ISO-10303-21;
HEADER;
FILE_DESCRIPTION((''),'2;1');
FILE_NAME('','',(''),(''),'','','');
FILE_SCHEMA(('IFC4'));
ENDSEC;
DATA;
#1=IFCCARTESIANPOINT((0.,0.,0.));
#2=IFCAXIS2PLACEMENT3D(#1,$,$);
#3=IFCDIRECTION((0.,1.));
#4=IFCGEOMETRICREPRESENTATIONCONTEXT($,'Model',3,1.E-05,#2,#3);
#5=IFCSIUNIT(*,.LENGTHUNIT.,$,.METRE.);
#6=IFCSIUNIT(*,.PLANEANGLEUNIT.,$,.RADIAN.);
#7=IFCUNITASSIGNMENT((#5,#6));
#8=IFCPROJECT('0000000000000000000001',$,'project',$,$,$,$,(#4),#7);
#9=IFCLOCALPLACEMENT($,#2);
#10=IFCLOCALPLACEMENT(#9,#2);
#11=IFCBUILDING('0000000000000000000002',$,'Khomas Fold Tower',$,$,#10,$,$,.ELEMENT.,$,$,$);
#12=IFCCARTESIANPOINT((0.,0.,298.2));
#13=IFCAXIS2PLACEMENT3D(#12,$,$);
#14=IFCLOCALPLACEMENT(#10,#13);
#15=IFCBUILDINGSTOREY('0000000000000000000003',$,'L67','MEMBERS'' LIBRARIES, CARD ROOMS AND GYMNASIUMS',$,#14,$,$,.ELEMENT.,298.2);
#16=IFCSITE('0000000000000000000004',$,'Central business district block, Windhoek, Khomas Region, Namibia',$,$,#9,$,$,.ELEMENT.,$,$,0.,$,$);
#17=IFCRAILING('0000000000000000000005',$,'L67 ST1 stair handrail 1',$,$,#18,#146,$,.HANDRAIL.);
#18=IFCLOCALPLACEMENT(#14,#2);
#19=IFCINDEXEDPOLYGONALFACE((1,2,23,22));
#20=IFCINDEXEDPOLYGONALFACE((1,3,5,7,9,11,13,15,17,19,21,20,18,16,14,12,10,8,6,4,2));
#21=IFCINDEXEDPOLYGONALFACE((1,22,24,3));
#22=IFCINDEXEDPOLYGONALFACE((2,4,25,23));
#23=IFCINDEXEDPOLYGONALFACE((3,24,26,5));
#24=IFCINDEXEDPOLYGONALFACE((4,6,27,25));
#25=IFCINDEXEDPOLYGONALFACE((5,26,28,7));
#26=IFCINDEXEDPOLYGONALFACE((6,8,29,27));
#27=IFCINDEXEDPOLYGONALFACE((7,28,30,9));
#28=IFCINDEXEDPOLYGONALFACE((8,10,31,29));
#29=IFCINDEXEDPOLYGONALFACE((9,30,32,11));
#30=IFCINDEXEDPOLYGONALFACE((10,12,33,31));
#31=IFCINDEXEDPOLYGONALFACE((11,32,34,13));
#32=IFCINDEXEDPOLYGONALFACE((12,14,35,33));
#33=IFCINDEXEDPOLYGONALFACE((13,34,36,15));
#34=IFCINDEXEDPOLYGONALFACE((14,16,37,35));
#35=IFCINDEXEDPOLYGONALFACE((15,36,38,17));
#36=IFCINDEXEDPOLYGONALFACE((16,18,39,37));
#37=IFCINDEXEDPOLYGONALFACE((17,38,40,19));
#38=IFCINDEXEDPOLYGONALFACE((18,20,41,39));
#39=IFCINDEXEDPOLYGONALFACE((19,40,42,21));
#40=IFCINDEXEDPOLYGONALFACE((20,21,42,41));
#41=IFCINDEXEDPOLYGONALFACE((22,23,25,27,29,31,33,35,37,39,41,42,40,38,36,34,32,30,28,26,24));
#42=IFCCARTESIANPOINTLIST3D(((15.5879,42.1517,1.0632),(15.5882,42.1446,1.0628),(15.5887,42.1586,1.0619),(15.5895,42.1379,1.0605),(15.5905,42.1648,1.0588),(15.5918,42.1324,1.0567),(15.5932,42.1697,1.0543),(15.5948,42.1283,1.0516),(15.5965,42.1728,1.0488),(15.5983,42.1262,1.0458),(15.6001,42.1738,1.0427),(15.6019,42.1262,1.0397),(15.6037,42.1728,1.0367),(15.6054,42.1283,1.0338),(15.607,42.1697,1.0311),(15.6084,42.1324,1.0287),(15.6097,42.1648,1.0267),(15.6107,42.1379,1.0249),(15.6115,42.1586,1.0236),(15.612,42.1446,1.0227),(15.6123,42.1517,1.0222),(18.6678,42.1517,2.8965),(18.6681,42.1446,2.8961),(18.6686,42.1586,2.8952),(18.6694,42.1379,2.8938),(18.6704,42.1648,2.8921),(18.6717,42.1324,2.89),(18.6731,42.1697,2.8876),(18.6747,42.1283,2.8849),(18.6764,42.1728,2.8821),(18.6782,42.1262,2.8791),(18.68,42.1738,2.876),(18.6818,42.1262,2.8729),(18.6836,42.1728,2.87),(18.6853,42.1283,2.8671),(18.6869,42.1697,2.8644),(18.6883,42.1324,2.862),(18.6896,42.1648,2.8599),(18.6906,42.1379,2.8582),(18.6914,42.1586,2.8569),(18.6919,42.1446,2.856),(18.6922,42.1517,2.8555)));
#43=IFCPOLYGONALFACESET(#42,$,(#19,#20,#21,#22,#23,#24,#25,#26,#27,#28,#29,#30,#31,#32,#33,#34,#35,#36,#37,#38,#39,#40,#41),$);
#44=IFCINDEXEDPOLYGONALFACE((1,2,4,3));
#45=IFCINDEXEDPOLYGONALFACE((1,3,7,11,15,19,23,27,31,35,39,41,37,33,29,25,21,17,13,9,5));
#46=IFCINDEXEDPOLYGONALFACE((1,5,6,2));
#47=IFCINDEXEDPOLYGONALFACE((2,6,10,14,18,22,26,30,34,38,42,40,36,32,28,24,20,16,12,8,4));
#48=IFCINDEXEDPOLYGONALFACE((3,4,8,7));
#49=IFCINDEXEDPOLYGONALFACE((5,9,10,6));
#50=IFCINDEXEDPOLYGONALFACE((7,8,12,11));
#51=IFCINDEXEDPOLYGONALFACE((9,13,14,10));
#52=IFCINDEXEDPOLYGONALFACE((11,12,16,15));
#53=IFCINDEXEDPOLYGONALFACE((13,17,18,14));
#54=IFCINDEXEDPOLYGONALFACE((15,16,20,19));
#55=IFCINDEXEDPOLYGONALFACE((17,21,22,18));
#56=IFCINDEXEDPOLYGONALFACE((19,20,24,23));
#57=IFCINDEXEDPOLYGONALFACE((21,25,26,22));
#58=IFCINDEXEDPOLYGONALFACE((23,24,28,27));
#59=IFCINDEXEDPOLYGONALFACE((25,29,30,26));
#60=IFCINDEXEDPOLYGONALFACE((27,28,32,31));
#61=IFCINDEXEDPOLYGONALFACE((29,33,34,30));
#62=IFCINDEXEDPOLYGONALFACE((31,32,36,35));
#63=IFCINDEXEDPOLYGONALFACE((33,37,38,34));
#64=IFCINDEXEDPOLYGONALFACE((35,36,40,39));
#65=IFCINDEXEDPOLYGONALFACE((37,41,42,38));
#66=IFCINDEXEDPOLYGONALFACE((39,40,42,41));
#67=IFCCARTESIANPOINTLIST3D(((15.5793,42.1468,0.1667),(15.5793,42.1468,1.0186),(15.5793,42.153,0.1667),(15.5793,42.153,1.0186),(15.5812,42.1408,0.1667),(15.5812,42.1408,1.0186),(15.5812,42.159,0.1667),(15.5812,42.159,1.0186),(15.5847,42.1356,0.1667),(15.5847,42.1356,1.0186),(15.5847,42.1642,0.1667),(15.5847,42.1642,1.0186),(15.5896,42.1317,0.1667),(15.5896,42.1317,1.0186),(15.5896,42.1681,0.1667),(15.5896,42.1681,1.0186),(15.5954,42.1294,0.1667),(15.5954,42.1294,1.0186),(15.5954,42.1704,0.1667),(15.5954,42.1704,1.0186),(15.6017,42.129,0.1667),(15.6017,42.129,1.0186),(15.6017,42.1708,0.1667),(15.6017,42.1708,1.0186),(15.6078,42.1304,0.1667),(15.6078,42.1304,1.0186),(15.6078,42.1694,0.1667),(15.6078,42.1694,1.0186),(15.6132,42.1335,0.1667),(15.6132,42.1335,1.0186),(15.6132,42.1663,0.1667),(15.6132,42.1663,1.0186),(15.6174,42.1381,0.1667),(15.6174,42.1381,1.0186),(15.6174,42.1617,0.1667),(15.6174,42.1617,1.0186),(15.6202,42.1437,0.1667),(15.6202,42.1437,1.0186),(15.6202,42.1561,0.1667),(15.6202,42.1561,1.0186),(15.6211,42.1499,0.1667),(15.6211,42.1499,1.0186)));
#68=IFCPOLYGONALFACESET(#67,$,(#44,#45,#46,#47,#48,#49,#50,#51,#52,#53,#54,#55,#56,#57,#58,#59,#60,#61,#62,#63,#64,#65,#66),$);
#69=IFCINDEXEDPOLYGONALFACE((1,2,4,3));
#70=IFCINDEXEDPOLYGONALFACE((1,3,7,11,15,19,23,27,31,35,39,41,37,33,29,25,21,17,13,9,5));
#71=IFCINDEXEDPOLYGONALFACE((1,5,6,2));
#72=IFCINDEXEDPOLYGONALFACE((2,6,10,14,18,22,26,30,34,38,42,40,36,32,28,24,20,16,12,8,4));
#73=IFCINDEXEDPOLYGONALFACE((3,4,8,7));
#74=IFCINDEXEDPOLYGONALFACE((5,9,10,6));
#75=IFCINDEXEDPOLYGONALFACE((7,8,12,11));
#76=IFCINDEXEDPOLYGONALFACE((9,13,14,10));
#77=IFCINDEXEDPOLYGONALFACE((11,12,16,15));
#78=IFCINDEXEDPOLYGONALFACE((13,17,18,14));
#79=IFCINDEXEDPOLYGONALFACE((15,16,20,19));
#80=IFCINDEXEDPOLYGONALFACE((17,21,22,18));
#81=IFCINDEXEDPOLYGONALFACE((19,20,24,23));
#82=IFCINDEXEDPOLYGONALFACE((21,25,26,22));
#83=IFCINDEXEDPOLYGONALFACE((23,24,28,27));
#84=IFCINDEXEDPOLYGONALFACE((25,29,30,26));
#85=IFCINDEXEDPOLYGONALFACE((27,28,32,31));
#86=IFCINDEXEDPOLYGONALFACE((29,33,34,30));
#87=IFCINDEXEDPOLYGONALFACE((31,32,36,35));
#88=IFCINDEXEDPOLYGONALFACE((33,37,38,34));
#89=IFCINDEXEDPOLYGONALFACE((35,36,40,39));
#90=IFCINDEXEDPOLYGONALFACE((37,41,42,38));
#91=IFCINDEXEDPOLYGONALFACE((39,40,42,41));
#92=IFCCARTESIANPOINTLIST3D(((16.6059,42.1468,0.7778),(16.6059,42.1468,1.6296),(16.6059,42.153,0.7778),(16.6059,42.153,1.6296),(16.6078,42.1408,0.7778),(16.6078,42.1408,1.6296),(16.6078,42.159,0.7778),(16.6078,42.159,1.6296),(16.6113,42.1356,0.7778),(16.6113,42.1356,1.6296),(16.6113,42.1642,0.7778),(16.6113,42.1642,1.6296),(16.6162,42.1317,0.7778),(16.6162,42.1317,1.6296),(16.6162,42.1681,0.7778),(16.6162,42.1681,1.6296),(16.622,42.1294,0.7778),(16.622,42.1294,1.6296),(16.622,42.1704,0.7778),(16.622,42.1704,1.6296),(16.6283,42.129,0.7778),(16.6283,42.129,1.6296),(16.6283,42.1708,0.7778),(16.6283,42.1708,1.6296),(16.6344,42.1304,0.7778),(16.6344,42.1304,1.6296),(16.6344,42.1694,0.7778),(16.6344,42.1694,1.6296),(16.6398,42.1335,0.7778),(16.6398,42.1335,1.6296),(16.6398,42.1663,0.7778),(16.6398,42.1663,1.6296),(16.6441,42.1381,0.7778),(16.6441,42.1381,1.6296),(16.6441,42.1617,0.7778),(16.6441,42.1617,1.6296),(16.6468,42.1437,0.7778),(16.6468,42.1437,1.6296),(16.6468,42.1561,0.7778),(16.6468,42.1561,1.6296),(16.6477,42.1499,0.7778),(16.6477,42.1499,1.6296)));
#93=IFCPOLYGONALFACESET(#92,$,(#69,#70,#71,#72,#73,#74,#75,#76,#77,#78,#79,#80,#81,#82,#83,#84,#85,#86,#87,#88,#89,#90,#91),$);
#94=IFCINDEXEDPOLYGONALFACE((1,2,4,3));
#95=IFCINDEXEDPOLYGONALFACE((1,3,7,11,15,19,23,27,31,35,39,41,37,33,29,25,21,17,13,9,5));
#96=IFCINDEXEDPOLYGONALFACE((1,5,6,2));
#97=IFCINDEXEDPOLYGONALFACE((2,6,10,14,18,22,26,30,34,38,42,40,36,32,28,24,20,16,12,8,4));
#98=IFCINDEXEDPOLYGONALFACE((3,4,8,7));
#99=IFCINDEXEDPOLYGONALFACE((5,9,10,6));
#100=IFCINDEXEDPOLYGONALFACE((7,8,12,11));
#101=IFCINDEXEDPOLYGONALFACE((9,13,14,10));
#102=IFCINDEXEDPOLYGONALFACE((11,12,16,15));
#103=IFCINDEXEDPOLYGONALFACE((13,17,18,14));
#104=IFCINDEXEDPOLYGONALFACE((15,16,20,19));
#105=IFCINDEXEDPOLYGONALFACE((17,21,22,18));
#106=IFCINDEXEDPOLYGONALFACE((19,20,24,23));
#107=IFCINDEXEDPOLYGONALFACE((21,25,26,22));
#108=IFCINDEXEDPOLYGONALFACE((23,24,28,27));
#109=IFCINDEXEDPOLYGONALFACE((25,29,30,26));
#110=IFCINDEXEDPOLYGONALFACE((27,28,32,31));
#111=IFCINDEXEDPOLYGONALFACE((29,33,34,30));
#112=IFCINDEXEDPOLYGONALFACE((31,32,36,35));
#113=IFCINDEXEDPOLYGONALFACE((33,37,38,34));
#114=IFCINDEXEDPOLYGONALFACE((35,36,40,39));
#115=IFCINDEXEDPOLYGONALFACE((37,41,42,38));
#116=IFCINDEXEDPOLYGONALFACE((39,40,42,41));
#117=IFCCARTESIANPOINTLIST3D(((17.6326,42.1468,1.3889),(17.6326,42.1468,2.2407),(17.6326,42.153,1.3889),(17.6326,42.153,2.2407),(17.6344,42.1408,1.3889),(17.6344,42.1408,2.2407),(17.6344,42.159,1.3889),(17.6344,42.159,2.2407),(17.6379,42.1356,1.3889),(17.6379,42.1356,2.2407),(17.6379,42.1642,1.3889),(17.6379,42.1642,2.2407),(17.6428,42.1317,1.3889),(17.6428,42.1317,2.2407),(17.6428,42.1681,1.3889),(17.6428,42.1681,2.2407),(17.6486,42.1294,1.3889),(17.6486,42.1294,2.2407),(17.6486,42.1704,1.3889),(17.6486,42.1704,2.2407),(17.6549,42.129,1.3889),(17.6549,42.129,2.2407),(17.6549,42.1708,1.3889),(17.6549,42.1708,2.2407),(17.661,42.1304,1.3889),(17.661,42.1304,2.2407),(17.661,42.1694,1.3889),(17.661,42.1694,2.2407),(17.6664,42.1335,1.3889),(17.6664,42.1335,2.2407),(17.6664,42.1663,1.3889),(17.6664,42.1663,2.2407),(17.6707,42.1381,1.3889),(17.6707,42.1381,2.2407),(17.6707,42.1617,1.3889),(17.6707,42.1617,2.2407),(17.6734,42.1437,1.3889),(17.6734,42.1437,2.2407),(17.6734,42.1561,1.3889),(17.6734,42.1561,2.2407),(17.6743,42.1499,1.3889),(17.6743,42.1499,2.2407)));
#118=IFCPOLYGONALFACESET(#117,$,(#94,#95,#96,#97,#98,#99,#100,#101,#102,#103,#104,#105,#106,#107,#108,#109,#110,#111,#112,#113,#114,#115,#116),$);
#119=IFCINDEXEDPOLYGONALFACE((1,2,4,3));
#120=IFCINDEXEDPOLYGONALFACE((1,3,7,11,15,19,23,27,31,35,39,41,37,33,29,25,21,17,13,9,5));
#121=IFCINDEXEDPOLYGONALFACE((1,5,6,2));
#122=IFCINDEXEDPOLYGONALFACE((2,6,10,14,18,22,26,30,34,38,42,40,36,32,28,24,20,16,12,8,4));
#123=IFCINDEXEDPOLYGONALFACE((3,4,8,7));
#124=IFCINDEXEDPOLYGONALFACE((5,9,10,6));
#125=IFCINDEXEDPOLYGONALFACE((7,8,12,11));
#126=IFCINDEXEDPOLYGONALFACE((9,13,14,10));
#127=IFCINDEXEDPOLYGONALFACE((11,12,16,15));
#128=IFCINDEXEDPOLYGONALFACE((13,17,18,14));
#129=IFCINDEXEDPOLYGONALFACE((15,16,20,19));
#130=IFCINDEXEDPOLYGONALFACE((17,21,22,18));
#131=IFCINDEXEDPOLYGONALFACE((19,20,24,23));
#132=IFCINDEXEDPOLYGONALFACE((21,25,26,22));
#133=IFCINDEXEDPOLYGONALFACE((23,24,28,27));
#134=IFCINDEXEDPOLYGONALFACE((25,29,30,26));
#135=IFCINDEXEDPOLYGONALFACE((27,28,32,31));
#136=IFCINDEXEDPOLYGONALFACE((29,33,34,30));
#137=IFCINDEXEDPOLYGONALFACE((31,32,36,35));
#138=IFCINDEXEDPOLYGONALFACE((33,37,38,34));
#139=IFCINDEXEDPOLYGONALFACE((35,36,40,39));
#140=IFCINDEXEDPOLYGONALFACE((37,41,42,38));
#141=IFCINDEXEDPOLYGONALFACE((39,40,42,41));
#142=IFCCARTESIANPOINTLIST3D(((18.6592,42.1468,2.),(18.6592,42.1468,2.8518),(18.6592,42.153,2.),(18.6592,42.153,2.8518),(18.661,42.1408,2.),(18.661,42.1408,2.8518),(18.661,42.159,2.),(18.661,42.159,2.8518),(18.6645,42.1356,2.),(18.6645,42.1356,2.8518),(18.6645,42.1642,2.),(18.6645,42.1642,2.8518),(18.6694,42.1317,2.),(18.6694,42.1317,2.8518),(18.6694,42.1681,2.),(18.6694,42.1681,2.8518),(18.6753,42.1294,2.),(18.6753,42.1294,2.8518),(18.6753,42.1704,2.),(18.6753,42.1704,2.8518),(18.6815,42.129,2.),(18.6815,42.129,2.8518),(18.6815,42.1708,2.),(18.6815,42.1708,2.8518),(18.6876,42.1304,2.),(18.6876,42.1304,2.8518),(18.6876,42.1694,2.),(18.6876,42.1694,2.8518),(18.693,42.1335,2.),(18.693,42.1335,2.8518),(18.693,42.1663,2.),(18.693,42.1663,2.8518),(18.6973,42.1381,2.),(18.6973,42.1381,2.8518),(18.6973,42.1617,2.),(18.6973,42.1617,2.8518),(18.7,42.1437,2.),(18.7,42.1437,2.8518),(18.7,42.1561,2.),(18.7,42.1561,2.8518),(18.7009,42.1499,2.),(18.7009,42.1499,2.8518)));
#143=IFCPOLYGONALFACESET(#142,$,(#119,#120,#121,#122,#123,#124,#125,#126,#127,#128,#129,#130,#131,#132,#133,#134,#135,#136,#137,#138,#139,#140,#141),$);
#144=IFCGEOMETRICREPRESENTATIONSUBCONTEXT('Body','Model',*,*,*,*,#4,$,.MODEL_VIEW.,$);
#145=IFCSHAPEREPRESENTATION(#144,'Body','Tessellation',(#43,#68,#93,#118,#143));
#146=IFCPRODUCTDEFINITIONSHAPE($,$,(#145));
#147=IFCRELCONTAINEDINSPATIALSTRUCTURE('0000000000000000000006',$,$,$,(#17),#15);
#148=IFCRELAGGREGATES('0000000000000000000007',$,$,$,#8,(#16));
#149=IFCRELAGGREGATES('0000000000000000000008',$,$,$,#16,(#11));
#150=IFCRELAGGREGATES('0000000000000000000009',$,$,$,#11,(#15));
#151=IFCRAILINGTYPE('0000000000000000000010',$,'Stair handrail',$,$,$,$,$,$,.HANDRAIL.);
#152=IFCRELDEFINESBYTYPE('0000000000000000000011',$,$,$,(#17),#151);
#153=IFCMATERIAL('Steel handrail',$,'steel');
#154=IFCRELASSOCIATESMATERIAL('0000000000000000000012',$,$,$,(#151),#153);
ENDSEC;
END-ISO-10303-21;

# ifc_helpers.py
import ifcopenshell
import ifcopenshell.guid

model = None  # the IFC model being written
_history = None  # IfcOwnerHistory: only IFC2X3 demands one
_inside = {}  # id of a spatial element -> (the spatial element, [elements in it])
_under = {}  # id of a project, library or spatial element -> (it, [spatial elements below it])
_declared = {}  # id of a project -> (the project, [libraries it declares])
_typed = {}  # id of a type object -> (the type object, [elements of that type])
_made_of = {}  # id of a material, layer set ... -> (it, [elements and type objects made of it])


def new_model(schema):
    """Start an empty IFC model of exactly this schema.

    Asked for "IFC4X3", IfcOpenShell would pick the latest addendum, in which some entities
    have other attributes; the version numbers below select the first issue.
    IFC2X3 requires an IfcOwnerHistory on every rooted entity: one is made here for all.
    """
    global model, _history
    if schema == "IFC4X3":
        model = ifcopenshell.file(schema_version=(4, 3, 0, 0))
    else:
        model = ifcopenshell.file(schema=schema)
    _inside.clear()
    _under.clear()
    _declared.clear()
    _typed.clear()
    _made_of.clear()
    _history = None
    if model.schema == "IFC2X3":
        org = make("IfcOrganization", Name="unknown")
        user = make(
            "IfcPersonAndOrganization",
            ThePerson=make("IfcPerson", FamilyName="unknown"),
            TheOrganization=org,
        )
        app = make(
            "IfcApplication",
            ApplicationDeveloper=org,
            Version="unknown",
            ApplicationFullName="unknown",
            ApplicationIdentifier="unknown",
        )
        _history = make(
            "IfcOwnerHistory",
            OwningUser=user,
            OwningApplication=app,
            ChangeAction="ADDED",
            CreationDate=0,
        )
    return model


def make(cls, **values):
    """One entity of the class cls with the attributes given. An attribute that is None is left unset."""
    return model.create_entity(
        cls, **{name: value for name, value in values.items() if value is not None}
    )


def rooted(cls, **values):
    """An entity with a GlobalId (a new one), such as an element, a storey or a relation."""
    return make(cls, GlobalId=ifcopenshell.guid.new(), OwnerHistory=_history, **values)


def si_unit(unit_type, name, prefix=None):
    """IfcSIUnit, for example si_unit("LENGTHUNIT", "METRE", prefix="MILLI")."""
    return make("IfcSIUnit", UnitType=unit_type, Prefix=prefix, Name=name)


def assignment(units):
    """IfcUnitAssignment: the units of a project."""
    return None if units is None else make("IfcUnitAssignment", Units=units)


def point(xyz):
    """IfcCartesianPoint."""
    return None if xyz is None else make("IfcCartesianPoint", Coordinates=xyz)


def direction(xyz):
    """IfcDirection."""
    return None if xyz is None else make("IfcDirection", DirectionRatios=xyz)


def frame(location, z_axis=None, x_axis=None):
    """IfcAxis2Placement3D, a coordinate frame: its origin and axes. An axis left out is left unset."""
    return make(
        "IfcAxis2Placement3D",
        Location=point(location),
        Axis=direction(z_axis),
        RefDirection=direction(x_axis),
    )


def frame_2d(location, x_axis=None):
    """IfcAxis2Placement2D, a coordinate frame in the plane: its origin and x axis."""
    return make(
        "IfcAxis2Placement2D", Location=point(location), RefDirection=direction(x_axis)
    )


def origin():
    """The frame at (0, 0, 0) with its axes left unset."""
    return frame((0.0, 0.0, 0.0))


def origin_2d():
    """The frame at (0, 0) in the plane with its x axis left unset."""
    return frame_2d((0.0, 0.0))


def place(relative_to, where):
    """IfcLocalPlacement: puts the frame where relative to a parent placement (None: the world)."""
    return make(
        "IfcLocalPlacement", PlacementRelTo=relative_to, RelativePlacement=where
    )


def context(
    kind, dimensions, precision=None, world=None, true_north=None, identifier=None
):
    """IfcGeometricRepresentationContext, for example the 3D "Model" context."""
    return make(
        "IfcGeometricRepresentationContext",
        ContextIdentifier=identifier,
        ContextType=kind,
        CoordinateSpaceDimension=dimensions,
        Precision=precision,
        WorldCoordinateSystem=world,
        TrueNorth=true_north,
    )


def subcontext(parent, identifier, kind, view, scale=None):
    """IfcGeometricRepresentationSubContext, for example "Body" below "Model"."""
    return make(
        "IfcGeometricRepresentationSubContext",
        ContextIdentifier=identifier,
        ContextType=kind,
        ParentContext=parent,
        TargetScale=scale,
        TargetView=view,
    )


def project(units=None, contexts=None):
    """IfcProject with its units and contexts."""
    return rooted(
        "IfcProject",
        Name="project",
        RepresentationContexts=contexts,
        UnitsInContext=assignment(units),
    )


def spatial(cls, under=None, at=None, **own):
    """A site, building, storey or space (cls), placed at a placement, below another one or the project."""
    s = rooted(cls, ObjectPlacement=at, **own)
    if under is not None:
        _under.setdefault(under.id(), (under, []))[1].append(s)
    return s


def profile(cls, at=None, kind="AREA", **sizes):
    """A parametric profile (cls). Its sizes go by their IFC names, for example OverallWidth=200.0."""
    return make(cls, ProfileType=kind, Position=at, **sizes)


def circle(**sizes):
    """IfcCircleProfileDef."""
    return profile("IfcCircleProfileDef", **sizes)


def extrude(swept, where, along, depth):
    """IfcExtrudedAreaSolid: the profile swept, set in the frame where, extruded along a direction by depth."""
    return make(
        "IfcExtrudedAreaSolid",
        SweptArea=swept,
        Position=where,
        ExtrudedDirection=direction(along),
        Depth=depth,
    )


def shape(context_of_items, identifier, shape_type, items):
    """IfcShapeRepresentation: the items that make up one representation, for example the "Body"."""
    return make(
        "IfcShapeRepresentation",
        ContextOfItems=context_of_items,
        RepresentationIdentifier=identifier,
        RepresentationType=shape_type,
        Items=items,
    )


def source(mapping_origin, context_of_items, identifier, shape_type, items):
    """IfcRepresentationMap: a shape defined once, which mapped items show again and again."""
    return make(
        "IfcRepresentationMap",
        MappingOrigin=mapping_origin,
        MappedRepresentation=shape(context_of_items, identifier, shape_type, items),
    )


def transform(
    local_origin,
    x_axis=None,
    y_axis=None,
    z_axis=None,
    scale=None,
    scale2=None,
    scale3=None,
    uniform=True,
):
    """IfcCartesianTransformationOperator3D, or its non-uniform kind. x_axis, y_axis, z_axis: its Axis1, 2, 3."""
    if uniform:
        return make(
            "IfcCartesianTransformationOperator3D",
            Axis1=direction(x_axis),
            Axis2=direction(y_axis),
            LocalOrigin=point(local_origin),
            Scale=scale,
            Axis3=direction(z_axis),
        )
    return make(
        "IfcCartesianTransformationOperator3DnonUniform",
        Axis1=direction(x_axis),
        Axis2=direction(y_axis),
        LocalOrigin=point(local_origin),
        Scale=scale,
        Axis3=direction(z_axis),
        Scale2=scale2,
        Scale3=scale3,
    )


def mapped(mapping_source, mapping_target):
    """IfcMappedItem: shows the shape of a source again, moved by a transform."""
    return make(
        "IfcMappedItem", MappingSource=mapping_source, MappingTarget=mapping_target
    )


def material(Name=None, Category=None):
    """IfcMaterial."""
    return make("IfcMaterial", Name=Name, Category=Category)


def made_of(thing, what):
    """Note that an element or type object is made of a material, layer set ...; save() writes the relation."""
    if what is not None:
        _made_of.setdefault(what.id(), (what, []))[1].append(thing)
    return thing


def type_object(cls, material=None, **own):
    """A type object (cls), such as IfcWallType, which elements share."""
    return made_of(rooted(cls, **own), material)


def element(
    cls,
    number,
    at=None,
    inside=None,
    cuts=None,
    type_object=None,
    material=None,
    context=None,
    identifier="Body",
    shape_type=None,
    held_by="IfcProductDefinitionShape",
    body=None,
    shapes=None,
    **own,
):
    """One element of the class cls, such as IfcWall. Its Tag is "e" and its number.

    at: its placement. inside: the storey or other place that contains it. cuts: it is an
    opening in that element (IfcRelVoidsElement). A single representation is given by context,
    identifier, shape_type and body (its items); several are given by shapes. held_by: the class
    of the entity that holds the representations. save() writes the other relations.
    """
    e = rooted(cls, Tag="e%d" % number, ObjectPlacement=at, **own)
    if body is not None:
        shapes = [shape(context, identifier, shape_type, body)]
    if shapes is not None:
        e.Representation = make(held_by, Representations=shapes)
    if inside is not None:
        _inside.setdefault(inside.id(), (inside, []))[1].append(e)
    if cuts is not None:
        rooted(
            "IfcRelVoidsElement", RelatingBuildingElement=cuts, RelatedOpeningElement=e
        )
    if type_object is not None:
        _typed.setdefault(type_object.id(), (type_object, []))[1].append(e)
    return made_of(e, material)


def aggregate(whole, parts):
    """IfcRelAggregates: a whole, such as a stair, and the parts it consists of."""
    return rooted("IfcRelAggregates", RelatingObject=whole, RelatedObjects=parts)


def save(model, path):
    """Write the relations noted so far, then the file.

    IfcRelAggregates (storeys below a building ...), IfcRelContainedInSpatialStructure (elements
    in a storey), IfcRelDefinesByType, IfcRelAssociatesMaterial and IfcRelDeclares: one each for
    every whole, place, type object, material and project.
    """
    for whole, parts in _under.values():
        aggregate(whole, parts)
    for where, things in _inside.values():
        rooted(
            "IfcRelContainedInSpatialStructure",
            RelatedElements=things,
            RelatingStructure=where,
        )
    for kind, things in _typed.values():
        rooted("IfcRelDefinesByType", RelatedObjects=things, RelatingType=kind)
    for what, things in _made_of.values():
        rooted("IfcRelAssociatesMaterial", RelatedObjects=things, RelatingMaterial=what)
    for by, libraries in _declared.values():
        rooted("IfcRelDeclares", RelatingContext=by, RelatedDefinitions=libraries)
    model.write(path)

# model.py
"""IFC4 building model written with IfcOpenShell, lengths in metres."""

from ifc_helpers import new_model, si_unit, direction, frame, origin, origin_2d, place, context, subcontext, project, spatial, circle, extrude, source, transform, mapped, material, type_object, element, save


model = new_model("IFC4")

# Units and contexts
model_context = context("Model", 3, precision=1e-05, world=origin(), true_north=direction((0.0, 1.0)))
body_context = subcontext(model_context, "Body", "Model", "MODEL_VIEW")
ifc_project = project(units=[si_unit("LENGTHUNIT", "METRE"), si_unit("PLANEANGLEUNIT", "RADIAN")], contexts=[model_context])

# Site, building, storey
site_placement = place(None, origin())
site = spatial("IfcSite", under=ifc_project, at=site_placement, Name="Central business district block, Windhoek, Khomas Region, Namibia", CompositionType="ELEMENT", RefElevation=0.0)
building_placement = place(site_placement, origin())
building = spatial("IfcBuilding", under=site, at=building_placement, Name="Khomas Fold Tower", CompositionType="ELEMENT")
storey_placement = place(building_placement, frame((0.0, 0.0, 298.2)))
storey = spatial("IfcBuildingStorey", under=building, at=storey_placement, Name="L67", Description="MEMBERS' LIBRARIES, CARD ROOMS AND GYMNASIUMS", CompositionType="ELEMENT", Elevation=298.2)

# Railing
ifc_material_1 = material(Name="Steel handrail", Category="steel")
railing_type_1 = type_object("IfcRailingType", Name="Stair handrail", PredefinedType="HANDRAIL", material=ifc_material_1)
shared_shape_1 = source(origin(), body_context, "Body", "SweptSolid", [
    extrude(circle(Radius=0.0239, at=origin_2d()), frame((0.0, 0.0, 0.876), z_axis=(0.859291, 0.0, 0.511487), x_axis=(0.0, 1.0, 0.0)), (0.0, 0.0, 1.0), 3.5842),
    extrude(circle(Radius=0.021, at=origin_2d()), origin(), (0.0, 0.0, 1.0), 0.8518),
    extrude(circle(Radius=0.021, at=origin_2d()), frame((1.0266, 0.0, 0.6111)), (0.0, 0.0, 1.0), 0.8518),
    extrude(circle(Radius=0.021, at=origin_2d()), frame((2.0532, 0.0, 1.2222)), (0.0, 0.0, 1.0), 0.8518),
    extrude(circle(Radius=0.021, at=origin_2d()), frame((3.0798, 0.0, 1.8333)), (0.0, 0.0, 1.0), 0.8518),
])
railing_1_placement = place(storey_placement, frame((15.6001, 42.1499, 0.1667)))
element("IfcRailing", 1, at=railing_1_placement, inside=storey, type_object=railing_type_1, Name="L67 ST1 stair handrail 1", PredefinedType="HANDRAIL", context=body_context, shape_type="MappedRepresentation", body=[
    mapped(shared_shape_1, transform((0.0, 0.0, 0.0))),
])

save(model, "model.ifc")
